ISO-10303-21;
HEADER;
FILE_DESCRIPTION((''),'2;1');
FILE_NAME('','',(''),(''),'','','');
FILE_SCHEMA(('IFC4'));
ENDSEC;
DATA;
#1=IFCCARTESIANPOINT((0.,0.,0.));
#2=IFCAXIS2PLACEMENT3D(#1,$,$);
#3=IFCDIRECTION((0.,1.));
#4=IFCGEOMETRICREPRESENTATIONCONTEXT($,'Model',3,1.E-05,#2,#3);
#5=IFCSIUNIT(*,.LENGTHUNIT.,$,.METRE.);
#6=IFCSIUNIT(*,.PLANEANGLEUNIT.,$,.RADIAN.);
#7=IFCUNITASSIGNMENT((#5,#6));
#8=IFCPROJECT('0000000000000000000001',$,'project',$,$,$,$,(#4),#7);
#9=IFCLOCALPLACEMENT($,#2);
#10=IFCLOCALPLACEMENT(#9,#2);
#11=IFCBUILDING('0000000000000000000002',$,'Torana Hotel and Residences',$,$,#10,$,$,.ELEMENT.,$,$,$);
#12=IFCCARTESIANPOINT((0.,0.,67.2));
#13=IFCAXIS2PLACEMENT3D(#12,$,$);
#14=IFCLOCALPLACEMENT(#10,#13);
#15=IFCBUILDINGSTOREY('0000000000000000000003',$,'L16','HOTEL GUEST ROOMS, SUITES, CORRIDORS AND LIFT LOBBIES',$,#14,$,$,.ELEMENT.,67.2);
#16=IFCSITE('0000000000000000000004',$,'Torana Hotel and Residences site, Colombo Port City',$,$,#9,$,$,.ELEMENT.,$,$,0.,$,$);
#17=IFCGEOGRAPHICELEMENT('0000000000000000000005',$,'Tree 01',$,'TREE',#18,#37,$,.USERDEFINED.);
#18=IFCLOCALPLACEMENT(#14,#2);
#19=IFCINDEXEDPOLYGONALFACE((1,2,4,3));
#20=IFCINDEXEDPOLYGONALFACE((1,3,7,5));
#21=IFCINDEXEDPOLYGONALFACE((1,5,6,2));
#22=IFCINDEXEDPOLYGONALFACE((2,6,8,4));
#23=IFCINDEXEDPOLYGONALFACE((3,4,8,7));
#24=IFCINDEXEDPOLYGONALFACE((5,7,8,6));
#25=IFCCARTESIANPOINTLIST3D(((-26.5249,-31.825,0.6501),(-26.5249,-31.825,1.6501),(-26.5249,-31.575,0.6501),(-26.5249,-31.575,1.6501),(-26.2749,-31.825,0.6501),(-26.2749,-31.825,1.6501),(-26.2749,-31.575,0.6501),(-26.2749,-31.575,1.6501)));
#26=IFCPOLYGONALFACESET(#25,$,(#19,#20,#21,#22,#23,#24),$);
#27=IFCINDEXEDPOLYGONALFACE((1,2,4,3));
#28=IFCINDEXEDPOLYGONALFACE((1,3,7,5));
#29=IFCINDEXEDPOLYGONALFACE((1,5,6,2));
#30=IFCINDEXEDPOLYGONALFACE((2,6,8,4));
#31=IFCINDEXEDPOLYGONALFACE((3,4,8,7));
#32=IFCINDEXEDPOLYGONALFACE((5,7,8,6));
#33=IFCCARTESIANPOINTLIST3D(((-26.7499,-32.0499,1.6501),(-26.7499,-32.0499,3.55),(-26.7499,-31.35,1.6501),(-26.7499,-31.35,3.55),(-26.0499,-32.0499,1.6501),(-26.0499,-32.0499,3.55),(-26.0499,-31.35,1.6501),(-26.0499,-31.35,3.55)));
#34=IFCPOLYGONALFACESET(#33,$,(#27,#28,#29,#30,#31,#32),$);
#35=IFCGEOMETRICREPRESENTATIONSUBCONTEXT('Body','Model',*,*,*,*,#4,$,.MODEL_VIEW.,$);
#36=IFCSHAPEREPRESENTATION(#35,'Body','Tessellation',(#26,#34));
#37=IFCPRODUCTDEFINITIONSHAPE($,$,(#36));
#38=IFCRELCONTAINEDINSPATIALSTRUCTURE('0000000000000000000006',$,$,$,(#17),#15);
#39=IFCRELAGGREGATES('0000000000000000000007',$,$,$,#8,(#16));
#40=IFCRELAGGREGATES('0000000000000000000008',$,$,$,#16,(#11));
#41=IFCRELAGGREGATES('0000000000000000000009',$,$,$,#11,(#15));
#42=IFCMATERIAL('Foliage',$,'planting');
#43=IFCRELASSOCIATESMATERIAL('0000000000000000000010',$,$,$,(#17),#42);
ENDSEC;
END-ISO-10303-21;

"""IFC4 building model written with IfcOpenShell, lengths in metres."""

from ifc_helpers import new_model, si_unit, direction, frame, origin, origin_2d, place, context, subcontext, project, spatial, rectangle, extrude, material, element, save


model = new_model("IFC4")

# Units and contexts
model_context = context("Model", 3, precision=1e-05, world=origin(), true_north=direction((0.0, 1.0)))
body_context = subcontext(model_context, "Body", "Model", "MODEL_VIEW")
ifc_project = project(units=[si_unit("LENGTHUNIT", "METRE"), si_unit("PLANEANGLEUNIT", "RADIAN")], contexts=[model_context])

# Site, building, storey
site_placement = place(None, origin())
site = spatial("IfcSite", under=ifc_project, at=site_placement, Name="Torana Hotel and Residences site, Colombo Port City", CompositionType="ELEMENT", RefElevation=0.0)
building_placement = place(site_placement, origin())
building = spatial("IfcBuilding", under=site, at=building_placement, Name="Torana Hotel and Residences", CompositionType="ELEMENT")
storey_placement = place(building_placement, frame((0.0, 0.0, 67.2)))
storey = spatial("IfcBuildingStorey", under=building, at=storey_placement, Name="L16", Description="HOTEL GUEST ROOMS, SUITES, CORRIDORS AND LIFT LOBBIES", CompositionType="ELEMENT", Elevation=67.2)

# Geographic element
ifc_material_1 = material(Name="Foliage", Category="planting")
geographic_element_placement = place(storey_placement, frame((-26.3999, -31.7, 0.6501), z_axis=(0.0, 0.0, 1.0), x_axis=(1.0, 0.0, 0.0)))
element("IfcGeographicElement", 1, at=geographic_element_placement, inside=storey, material=ifc_material_1, Name="Tree 01", ObjectType="TREE", PredefinedType="USERDEFINED", context=body_context, shape_type="SweptSolid", body=[
    extrude(rectangle(XDim=0.25, YDim=0.25, at=origin_2d()), origin(), (0.0, 0.0, 1.0), 1.0),
    extrude(rectangle(XDim=0.7, YDim=0.7, at=origin_2d()), frame((0.0, 0.0, 1.0)), (0.0, 0.0, 1.0), 1.8999),
])

save(model, "model.ifc")
